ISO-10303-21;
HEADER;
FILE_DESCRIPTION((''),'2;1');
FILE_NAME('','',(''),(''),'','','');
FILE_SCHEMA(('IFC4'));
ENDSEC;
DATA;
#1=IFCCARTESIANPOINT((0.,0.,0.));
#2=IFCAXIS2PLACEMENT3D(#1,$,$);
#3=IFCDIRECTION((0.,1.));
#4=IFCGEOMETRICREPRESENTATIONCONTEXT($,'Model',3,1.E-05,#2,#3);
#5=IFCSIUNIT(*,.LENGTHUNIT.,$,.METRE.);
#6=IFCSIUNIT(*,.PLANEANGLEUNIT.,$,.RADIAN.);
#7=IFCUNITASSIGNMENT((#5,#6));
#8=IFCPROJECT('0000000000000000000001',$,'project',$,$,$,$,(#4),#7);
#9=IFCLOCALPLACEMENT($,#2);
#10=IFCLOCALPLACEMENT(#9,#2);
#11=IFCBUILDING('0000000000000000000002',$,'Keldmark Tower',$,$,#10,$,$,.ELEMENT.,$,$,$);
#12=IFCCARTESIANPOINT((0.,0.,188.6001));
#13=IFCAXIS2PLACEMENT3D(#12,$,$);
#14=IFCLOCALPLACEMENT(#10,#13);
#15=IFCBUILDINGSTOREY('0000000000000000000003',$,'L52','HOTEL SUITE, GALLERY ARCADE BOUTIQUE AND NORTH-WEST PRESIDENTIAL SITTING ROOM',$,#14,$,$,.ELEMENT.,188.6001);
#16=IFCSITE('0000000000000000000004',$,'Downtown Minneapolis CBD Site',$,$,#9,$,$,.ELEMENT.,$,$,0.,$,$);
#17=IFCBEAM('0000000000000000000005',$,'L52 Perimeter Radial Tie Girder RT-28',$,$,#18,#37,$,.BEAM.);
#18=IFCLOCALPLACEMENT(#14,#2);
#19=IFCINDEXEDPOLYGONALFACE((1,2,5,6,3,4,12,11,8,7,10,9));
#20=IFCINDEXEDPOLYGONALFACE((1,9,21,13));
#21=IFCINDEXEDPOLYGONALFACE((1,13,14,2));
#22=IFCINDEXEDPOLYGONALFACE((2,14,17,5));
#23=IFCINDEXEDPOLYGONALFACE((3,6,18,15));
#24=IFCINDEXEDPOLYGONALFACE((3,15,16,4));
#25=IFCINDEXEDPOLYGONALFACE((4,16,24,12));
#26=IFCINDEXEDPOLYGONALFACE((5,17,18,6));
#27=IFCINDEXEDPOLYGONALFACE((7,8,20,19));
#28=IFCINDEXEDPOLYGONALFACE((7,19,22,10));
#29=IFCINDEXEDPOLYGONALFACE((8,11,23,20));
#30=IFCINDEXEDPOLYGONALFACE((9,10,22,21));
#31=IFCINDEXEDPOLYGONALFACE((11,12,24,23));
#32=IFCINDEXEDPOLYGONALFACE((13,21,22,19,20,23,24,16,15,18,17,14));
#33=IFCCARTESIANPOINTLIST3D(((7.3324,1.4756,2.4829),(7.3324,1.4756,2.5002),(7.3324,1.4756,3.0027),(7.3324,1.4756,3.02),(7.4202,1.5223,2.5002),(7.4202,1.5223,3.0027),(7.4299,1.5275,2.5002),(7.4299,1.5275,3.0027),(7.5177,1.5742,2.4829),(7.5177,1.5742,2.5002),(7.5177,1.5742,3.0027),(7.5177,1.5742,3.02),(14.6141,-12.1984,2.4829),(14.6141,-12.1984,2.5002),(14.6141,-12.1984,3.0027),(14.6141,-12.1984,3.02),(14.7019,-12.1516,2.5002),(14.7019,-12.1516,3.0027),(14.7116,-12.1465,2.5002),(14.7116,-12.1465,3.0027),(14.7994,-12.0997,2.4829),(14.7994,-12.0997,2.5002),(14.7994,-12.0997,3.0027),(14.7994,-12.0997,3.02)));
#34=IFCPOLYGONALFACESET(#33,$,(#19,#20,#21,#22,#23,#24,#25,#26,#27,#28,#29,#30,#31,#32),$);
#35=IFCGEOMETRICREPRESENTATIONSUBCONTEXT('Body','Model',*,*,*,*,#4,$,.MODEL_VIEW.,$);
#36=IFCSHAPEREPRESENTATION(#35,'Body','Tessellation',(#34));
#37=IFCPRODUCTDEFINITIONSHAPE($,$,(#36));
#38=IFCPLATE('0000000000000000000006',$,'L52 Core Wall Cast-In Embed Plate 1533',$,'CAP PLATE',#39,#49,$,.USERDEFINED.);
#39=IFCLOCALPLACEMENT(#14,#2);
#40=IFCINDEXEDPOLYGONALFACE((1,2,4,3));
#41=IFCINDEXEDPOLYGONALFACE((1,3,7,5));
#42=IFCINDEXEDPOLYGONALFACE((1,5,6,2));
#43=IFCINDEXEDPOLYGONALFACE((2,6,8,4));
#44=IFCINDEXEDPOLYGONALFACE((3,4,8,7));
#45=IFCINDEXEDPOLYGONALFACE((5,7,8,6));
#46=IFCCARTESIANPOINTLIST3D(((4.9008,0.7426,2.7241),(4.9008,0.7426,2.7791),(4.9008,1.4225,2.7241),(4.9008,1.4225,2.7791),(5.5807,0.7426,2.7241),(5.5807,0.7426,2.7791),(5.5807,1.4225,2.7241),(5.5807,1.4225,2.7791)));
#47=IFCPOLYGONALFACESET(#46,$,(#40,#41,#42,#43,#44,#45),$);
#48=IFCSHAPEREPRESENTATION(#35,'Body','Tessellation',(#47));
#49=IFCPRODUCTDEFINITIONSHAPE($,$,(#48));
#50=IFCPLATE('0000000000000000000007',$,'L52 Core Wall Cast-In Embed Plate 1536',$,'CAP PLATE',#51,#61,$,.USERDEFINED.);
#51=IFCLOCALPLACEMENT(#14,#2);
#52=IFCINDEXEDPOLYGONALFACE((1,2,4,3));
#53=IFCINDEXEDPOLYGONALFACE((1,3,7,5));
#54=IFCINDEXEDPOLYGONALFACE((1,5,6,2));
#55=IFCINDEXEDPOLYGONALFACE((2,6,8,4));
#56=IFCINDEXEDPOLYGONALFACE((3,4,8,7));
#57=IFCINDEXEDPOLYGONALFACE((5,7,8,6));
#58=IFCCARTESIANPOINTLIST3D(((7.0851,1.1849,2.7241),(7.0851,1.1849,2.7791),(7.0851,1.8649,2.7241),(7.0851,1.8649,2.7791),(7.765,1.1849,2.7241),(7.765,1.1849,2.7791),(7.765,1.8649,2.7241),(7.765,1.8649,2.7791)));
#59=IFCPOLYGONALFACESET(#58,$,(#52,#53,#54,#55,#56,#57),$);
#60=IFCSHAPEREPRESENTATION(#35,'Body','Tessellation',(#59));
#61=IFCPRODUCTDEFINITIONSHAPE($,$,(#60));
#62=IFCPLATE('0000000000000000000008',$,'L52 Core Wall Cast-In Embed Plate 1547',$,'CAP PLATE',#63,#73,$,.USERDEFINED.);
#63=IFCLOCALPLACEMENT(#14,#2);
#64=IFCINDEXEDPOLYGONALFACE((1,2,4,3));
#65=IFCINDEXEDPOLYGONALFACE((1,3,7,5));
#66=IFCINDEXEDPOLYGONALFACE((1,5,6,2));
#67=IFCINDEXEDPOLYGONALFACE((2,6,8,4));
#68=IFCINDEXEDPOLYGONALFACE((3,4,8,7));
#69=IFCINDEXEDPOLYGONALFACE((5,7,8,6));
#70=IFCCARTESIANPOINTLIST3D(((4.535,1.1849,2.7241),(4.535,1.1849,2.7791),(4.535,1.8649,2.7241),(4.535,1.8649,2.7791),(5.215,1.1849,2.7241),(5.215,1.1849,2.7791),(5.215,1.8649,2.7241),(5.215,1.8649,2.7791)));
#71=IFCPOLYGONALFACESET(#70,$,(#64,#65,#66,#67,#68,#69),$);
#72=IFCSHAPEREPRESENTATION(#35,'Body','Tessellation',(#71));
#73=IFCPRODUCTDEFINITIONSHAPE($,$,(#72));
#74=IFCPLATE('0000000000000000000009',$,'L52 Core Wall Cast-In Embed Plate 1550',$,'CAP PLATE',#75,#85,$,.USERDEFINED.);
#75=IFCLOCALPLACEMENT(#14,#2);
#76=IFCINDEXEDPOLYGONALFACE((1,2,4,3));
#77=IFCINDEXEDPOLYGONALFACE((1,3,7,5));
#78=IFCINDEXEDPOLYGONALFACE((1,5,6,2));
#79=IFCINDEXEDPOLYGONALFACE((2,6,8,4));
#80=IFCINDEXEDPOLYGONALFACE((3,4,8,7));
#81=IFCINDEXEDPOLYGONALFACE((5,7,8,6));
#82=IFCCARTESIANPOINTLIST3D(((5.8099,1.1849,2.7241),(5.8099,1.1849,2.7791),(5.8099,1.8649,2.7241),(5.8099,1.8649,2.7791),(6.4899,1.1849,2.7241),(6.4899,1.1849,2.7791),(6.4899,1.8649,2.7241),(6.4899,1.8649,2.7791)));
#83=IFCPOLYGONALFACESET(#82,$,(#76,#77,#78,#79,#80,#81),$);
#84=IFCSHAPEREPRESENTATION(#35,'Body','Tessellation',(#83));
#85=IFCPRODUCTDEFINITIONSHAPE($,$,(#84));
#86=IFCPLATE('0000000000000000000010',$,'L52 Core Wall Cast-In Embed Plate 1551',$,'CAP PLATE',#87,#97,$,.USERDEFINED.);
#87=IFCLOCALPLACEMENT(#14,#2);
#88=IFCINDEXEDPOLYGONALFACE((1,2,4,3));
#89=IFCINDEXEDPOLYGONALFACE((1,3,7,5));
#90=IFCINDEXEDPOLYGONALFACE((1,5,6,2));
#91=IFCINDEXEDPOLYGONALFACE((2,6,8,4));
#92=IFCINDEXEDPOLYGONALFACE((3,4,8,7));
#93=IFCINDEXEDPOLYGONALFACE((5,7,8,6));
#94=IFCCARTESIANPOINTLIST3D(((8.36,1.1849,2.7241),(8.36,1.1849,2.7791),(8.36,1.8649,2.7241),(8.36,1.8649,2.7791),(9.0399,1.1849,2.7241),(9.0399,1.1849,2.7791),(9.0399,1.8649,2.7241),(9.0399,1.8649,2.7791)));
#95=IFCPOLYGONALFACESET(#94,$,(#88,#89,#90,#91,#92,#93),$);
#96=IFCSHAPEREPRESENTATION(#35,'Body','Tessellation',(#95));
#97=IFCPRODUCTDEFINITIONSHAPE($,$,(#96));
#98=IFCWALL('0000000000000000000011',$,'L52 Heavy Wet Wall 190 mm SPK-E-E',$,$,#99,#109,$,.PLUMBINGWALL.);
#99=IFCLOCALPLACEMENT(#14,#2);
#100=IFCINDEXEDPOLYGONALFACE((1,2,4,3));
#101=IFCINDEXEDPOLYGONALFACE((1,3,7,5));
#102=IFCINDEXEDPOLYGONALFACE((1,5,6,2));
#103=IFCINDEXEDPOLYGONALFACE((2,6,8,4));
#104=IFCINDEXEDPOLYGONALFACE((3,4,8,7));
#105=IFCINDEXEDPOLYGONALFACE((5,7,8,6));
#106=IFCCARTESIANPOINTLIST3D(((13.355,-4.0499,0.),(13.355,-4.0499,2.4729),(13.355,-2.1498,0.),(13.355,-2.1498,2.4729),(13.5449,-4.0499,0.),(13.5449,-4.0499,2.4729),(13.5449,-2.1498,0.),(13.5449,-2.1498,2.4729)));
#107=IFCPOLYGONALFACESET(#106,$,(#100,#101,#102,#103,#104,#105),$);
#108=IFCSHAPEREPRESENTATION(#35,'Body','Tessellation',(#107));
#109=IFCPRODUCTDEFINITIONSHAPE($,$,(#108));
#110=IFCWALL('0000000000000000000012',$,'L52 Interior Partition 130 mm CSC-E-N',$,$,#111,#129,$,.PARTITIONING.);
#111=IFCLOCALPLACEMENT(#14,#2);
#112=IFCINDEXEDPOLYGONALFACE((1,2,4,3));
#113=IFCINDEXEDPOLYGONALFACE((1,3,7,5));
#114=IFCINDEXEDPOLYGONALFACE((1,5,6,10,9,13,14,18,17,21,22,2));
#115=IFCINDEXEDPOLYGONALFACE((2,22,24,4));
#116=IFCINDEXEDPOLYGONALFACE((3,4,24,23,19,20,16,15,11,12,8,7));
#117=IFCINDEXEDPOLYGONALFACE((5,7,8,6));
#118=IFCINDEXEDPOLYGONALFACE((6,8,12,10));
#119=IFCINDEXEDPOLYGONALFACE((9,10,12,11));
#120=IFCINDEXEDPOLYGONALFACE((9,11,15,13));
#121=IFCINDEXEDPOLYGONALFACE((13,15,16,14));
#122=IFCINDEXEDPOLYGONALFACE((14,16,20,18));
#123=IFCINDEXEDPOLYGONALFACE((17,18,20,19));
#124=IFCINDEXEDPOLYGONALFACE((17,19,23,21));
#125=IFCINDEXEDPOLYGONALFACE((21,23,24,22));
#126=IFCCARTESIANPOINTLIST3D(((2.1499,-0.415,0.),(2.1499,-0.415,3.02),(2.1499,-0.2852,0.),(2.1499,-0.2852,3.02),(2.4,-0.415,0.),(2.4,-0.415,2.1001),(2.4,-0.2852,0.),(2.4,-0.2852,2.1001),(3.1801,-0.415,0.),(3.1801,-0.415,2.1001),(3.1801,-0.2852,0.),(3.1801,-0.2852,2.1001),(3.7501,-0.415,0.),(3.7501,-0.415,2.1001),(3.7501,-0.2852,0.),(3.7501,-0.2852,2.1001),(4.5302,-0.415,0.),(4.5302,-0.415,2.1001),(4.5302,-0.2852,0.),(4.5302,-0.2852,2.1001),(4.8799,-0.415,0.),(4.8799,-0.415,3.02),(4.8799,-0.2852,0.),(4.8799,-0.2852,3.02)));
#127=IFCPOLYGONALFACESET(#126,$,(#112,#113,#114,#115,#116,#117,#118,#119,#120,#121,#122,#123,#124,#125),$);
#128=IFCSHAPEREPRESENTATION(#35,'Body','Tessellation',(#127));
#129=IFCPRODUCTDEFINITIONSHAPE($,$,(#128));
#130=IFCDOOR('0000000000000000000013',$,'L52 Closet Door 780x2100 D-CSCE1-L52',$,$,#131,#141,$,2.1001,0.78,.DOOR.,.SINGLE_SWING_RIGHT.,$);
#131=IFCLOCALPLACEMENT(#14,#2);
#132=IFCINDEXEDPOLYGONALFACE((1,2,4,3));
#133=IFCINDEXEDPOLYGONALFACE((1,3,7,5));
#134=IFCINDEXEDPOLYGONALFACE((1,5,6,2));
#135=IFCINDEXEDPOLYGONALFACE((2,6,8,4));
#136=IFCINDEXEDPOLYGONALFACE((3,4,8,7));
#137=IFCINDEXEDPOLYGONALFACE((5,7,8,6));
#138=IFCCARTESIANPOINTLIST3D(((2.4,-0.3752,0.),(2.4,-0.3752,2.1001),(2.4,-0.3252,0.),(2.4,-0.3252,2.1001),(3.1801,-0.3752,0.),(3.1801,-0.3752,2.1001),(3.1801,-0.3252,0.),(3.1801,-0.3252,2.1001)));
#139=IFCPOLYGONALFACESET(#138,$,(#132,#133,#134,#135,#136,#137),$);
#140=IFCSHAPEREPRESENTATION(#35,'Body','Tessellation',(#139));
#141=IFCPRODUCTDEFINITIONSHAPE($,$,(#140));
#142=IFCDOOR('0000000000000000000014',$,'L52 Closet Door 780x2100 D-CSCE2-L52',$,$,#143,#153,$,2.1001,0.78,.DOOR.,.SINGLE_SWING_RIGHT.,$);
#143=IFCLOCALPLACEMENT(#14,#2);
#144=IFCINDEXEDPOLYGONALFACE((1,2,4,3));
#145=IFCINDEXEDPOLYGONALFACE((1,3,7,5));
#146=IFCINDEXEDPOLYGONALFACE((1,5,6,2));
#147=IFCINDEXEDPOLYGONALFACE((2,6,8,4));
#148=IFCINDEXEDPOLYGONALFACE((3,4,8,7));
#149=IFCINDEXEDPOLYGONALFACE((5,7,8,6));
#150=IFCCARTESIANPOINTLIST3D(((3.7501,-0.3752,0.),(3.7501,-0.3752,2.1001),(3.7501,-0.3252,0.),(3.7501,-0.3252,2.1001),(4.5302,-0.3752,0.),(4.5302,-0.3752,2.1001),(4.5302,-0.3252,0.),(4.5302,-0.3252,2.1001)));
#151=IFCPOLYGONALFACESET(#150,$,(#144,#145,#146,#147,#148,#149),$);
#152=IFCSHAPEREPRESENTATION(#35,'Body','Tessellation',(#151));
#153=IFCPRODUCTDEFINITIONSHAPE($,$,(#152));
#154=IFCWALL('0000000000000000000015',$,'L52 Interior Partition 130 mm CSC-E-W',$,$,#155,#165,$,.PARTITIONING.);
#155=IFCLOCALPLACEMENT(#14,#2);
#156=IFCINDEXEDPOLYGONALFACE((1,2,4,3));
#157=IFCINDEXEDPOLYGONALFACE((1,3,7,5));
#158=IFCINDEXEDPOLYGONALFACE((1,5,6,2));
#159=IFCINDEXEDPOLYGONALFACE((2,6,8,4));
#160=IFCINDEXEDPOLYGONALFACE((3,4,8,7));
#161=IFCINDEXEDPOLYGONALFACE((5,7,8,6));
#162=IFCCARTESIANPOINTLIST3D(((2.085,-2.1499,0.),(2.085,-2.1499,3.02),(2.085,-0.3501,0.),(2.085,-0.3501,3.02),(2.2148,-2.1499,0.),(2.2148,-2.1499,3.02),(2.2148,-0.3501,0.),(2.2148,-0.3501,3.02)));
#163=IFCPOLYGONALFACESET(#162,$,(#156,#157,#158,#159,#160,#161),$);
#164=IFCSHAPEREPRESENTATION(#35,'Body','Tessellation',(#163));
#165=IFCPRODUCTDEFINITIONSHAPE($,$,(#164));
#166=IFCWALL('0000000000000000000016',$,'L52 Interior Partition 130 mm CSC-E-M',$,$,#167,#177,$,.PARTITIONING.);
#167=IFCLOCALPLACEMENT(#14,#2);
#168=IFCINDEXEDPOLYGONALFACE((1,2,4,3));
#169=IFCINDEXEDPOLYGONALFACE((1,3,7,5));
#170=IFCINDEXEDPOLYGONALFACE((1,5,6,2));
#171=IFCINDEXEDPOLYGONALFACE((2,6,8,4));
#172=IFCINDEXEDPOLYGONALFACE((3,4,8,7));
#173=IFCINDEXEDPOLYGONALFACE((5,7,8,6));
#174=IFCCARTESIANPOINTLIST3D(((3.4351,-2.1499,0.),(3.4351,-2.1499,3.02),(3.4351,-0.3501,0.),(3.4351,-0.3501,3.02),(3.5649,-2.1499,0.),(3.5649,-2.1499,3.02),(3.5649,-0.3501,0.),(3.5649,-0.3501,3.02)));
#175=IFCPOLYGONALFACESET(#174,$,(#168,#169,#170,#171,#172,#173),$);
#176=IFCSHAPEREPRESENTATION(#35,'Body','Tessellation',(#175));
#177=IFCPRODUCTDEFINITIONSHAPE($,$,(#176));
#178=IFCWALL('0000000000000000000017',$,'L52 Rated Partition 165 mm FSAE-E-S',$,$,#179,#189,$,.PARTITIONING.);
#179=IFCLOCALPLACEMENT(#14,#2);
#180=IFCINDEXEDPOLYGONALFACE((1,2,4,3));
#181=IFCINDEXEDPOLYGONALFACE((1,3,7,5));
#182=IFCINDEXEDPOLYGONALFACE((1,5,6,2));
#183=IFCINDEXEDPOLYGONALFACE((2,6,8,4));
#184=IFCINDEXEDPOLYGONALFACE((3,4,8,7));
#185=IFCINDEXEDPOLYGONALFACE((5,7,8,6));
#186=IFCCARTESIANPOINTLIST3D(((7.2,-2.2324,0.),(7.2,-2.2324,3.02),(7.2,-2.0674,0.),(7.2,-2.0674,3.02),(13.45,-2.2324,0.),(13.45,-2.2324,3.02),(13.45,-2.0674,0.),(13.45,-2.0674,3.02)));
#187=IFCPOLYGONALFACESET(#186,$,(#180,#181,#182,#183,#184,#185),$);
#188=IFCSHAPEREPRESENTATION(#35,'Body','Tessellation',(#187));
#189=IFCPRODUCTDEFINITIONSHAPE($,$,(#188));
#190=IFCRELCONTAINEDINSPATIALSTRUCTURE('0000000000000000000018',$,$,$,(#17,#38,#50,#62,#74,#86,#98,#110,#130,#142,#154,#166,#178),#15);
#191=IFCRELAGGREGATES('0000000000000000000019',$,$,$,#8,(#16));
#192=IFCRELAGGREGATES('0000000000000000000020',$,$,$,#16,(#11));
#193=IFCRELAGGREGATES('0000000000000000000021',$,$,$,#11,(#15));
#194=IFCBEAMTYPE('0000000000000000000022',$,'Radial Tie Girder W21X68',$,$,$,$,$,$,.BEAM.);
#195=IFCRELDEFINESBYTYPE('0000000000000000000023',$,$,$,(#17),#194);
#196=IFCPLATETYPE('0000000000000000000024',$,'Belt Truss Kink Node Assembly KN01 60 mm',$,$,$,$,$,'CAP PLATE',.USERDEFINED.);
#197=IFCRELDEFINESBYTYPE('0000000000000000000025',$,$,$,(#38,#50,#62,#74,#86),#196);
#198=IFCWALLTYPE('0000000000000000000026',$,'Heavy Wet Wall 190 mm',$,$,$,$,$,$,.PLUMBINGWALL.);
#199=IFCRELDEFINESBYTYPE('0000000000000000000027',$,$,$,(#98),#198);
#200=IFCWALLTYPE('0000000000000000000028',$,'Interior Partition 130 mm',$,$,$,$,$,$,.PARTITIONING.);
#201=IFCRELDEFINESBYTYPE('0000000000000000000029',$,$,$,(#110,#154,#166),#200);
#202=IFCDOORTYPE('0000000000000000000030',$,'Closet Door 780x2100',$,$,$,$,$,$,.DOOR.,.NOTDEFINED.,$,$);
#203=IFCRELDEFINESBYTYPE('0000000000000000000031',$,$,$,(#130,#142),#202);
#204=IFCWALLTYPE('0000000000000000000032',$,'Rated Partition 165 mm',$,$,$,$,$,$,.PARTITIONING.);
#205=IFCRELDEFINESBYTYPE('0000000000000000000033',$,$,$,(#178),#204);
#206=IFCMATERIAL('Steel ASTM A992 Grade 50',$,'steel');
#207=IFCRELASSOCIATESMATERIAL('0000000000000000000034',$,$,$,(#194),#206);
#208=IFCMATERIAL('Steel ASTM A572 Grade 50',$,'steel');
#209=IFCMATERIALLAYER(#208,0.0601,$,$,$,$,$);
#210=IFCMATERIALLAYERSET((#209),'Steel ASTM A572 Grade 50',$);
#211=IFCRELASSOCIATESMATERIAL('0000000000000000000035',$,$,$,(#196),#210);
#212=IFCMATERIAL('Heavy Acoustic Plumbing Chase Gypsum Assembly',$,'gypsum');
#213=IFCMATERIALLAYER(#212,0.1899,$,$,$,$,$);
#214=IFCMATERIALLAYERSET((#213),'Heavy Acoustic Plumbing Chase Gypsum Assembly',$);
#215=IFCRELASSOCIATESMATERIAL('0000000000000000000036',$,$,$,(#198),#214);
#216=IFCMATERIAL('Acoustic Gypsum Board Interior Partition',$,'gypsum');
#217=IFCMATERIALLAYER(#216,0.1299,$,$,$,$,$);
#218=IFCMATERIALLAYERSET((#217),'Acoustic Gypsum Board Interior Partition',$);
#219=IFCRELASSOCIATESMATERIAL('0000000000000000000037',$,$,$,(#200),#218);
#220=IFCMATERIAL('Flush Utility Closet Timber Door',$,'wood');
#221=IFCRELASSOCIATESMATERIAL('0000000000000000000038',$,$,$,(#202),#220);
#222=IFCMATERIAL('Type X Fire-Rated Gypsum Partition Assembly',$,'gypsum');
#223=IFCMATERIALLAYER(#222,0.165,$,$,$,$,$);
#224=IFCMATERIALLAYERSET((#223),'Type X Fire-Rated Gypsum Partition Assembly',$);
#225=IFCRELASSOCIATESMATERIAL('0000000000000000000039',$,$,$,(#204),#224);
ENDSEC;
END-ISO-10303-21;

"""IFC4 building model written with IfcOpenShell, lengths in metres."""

from ifc_helpers import new_model, si_unit, direction, frame, frame_2d, origin, origin_2d, place, context, subcontext, project, spatial, rectangle, i_section, extrude, material, layer, layer_set, material_profile, profile_set, type_object, element, fill, save


model = new_model("IFC4")

# Units and contexts
model_context = context("Model", 3, precision=1e-05, world=origin(), true_north=direction((0.0, 1.0)))
body_context = subcontext(model_context, "Body", "Model", "MODEL_VIEW")
ifc_project = project(units=[si_unit("LENGTHUNIT", "METRE"), si_unit("PLANEANGLEUNIT", "RADIAN")], contexts=[model_context])

# Site, building, storey
site_placement = place(None, origin())
site = spatial("IfcSite", under=ifc_project, at=site_placement, Name="Downtown Minneapolis CBD Site", CompositionType="ELEMENT", RefElevation=0.0)
building_placement = place(site_placement, origin())
building = spatial("IfcBuilding", under=site, at=building_placement, Name="Keldmark Tower", CompositionType="ELEMENT")
storey_placement = place(building_placement, frame((0.0, 0.0, 188.6001)))
storey = spatial("IfcBuildingStorey", under=building, at=storey_placement, Name="L52", Description="HOTEL SUITE, GALLERY ARCADE BOUTIQUE AND NORTH-WEST PRESIDENTIAL SITTING ROOM", CompositionType="ELEMENT", Elevation=188.6001)

# Beam
ifc_material_1 = material(Name="Steel ASTM A992 Grade 50", Category="steel")
ifc_material_profile_1 = material_profile(ifc_material_1, i_section(OverallWidth=0.21, OverallDepth=0.5371, WebThickness=0.011, FlangeThickness=0.0173, at=origin_2d()), Name="W21X68")
ifc_profile_set_1 = profile_set([ifc_material_profile_1], Name="Steel ASTM A992 Grade 50")
beam_type = type_object("IfcBeamType", Name="Radial Tie Girder W21X68", PredefinedType="BEAM", material=ifc_profile_set_1)
beam_1_placement = place(storey_placement, frame((7.425, 1.5249, 2.7515), z_axis=(0.47003, -0.88265, 0.0), x_axis=(0.88265, 0.47003, 0.0)))
element("IfcBeam", 1, at=beam_1_placement, inside=storey, type_object=beam_type, Name="L52 Perimeter Radial Tie Girder RT-28", PredefinedType="BEAM", context=body_context, shape_type="SweptSolid", body=[
    extrude(i_section(OverallWidth=0.21, OverallDepth=0.5371, WebThickness=0.011, FlangeThickness=0.0173, at=origin_2d()), origin(), (0.0, 0.0, 1.0), 15.4919),
])

# Plates
ifc_material_2 = material(Name="Steel ASTM A572 Grade 50", Category="steel")
ifc_layer_1 = layer(ifc_material_2, 0.0601)
ifc_layer_set_1 = layer_set([ifc_layer_1], Name="Steel ASTM A572 Grade 50")
plate_type = type_object("IfcPlateType", Name="Belt Truss Kink Node Assembly KN01 60 mm", ElementType="CAP PLATE", PredefinedType="USERDEFINED", material=ifc_layer_set_1)
for number, where, z_axis, x_axis, name in (
    (2, (5.2407, 1.0825, 2.7241), (0.0, 0.0, 1.0), (1.0, 0.0, 0.0), "L52 Core Wall Cast-In Embed Plate 1533"),
    (3, (7.425, 1.5249, 2.7241), (0.0, 0.0, 1.0), (1.0, 0.0, 0.0), "L52 Core Wall Cast-In Embed Plate 1536"),
    (4, (4.875, 1.5249, 2.7241), (0.0, 0.0, 1.0), (1.0, 0.0, 0.0), "L52 Core Wall Cast-In Embed Plate 1547"),
    (5, (6.1499, 1.5249, 2.7241), (0.0, 0.0, 1.0), (1.0, 0.0, 0.0), "L52 Core Wall Cast-In Embed Plate 1550"),
    (6, (8.7, 1.5249, 2.7241), (0.0, 0.0, 1.0), (1.0, 0.0, 0.0), "L52 Core Wall Cast-In Embed Plate 1551"),
):
    element("IfcPlate", number, at=place(storey_placement, frame(where, z_axis=z_axis, x_axis=x_axis)), inside=storey, type_object=plate_type, Name=name, ObjectType="CAP PLATE", PredefinedType="USERDEFINED", context=body_context, shape_type="SweptSolid", body=[
        extrude(rectangle(XDim=0.6799, YDim=0.6799, at=origin_2d()), origin(), (0.0, 0.0, 1.0), 0.0549),
    ])

# Wall
ifc_material_3 = material(Name="Heavy Acoustic Plumbing Chase Gypsum Assembly", Category="gypsum")
ifc_layer_2 = layer(ifc_material_3, 0.1899)
ifc_layer_set_2 = layer_set([ifc_layer_2], Name="Heavy Acoustic Plumbing Chase Gypsum Assembly")
wall_type_1 = type_object("IfcWallType", Name="Heavy Wet Wall 190 mm", PredefinedType="PLUMBINGWALL", material=ifc_layer_set_2)
wall_1_placement = place(storey_placement, frame((13.45, -4.05, 0.0), z_axis=(0.0, 0.0, 1.0), x_axis=(0.0, 1.0, 0.0)))
element("IfcWall", 7, at=wall_1_placement, inside=storey, type_object=wall_type_1, Name="L52 Heavy Wet Wall 190 mm SPK-E-E", PredefinedType="PLUMBINGWALL", context=body_context, shape_type="SweptSolid", body=[
    extrude(rectangle(XDim=1.9001, YDim=0.1899, at=frame_2d((0.9502, 0.0))), origin(), (0.0, 0.0, 1.0), 2.4729),
])

# Wall, openings, doors
ifc_material_4 = material(Name="Acoustic Gypsum Board Interior Partition", Category="gypsum")
ifc_layer_3 = layer(ifc_material_4, 0.1299)
ifc_layer_set_3 = layer_set([ifc_layer_3], Name="Acoustic Gypsum Board Interior Partition")
wall_type_2 = type_object("IfcWallType", Name="Interior Partition 130 mm", PredefinedType="PARTITIONING", material=ifc_layer_set_3)
wall_2_placement = place(storey_placement, frame((2.1499, -0.3501, 0.0), z_axis=(0.0, 0.0, 1.0), x_axis=(1.0, 0.0, 0.0)))
wall_2 = element("IfcWall", 8, at=wall_2_placement, inside=storey, type_object=wall_type_2, Name="L52 Interior Partition 130 mm CSC-E-N", PredefinedType="PARTITIONING", context=body_context, shape_type="SweptSolid", body=[
    extrude(rectangle(XDim=2.73, YDim=0.1299, at=frame_2d((1.365, 0.0))), origin(), (0.0, 0.0, 1.0), 3.02),
])
opening_1_placement = place(wall_2_placement, frame((0.25, 0.0, 0.0)))
opening_1 = element("IfcOpeningElement", 9, at=opening_1_placement, cuts=wall_2, PredefinedType="OPENING", context=body_context, shape_type="SweptSolid", body=[
    extrude(rectangle(XDim=0.78, YDim=2.1001, at=frame_2d((0.3901, 1.05))), frame((0.0, 0.075, 0.0), z_axis=(0.0, -1.0, 0.0), x_axis=(1.0, 0.0, 0.0)), (0.0, 0.0, 1.0), 0.1499),
])
opening_2_placement = place(wall_2_placement, frame((1.6001, 0.0, 0.0)))
opening_2 = element("IfcOpeningElement", 10, at=opening_2_placement, cuts=wall_2, PredefinedType="OPENING", context=body_context, shape_type="SweptSolid", body=[
    extrude(rectangle(XDim=0.78, YDim=2.1001, at=frame_2d((0.3901, 1.05))), frame((0.0, 0.075, 0.0), z_axis=(0.0, -1.0, 0.0), x_axis=(1.0, 0.0, 0.0)), (0.0, 0.0, 1.0), 0.1499),
])
ifc_material_5 = material(Name="Flush Utility Closet Timber Door", Category="wood")
door_type_1 = type_object("IfcDoorType", Name="Closet Door 780x2100", OperationType="NOTDEFINED", PredefinedType="DOOR", material=ifc_material_5)
door_1_placement = place(opening_1_placement, origin())
door_1 = element("IfcDoor", 11, at=door_1_placement, inside=storey, type_object=door_type_1, Name="L52 Closet Door 780x2100 D-CSCE1-L52", OperationType="SINGLE_SWING_RIGHT", OverallHeight=2.1001, OverallWidth=0.78, PredefinedType="DOOR", context=body_context, shape_type="SweptSolid", body=[
    extrude(rectangle(XDim=0.78, YDim=2.1001, at=frame_2d((0.3901, 1.05))), frame((0.0, 0.0249, 0.0), z_axis=(0.0, -1.0, 0.0), x_axis=(1.0, 0.0, 0.0)), (0.0, 0.0, 1.0), 0.05),
])
fill(opening_1, door_1)
door_2_placement = place(opening_2_placement, origin())
door_2 = element("IfcDoor", 12, at=door_2_placement, inside=storey, type_object=door_type_1, Name="L52 Closet Door 780x2100 D-CSCE2-L52", OperationType="SINGLE_SWING_RIGHT", OverallHeight=2.1001, OverallWidth=0.78, PredefinedType="DOOR", context=body_context, shape_type="SweptSolid", body=[
    extrude(rectangle(XDim=0.78, YDim=2.1001, at=frame_2d((0.3901, 1.05))), frame((0.0, 0.0249, 0.0), z_axis=(0.0, -1.0, 0.0), x_axis=(1.0, 0.0, 0.0)), (0.0, 0.0, 1.0), 0.05),
])
fill(opening_2, door_2)

# Walls
for number, where, z_axis, x_axis, name in (
    (13, (2.1499, -2.1499, 0.0), (0.0, 0.0, 1.0), (0.0, 1.0, 0.0), "L52 Interior Partition 130 mm CSC-E-W"),
    (14, (3.5, -2.1499, 0.0), (0.0, 0.0, 1.0), (0.0, 1.0, 0.0), "L52 Interior Partition 130 mm CSC-E-M"),
):
    element("IfcWall", number, at=place(storey_placement, frame(where, z_axis=z_axis, x_axis=x_axis)), inside=storey, type_object=wall_type_2, Name=name, PredefinedType="PARTITIONING", context=body_context, shape_type="SweptSolid", body=[
        extrude(rectangle(XDim=1.7998, YDim=0.1299, at=frame_2d((0.8999, 0.0))), origin(), (0.0, 0.0, 1.0), 3.02),
    ])
ifc_material_6 = material(Name="Type X Fire-Rated Gypsum Partition Assembly", Category="gypsum")
ifc_layer_4 = layer(ifc_material_6, 0.165)
ifc_layer_set_4 = layer_set([ifc_layer_4], Name="Type X Fire-Rated Gypsum Partition Assembly")
wall_type_3 = type_object("IfcWallType", Name="Rated Partition 165 mm", PredefinedType="PARTITIONING", material=ifc_layer_set_4)
wall_3_placement = place(storey_placement, frame((7.2, -2.1499, 0.0), z_axis=(0.0, 0.0, 1.0), x_axis=(1.0, 0.0, 0.0)))
element("IfcWall", 15, at=wall_3_placement, inside=storey, type_object=wall_type_3, Name="L52 Rated Partition 165 mm FSAE-E-S", PredefinedType="PARTITIONING", context=body_context, shape_type="SweptSolid", body=[
    extrude(rectangle(XDim=6.25, YDim=0.165, at=frame_2d((3.125, 0.0))), origin(), (0.0, 0.0, 1.0), 3.02),
])

save(model, "model.ifc")
